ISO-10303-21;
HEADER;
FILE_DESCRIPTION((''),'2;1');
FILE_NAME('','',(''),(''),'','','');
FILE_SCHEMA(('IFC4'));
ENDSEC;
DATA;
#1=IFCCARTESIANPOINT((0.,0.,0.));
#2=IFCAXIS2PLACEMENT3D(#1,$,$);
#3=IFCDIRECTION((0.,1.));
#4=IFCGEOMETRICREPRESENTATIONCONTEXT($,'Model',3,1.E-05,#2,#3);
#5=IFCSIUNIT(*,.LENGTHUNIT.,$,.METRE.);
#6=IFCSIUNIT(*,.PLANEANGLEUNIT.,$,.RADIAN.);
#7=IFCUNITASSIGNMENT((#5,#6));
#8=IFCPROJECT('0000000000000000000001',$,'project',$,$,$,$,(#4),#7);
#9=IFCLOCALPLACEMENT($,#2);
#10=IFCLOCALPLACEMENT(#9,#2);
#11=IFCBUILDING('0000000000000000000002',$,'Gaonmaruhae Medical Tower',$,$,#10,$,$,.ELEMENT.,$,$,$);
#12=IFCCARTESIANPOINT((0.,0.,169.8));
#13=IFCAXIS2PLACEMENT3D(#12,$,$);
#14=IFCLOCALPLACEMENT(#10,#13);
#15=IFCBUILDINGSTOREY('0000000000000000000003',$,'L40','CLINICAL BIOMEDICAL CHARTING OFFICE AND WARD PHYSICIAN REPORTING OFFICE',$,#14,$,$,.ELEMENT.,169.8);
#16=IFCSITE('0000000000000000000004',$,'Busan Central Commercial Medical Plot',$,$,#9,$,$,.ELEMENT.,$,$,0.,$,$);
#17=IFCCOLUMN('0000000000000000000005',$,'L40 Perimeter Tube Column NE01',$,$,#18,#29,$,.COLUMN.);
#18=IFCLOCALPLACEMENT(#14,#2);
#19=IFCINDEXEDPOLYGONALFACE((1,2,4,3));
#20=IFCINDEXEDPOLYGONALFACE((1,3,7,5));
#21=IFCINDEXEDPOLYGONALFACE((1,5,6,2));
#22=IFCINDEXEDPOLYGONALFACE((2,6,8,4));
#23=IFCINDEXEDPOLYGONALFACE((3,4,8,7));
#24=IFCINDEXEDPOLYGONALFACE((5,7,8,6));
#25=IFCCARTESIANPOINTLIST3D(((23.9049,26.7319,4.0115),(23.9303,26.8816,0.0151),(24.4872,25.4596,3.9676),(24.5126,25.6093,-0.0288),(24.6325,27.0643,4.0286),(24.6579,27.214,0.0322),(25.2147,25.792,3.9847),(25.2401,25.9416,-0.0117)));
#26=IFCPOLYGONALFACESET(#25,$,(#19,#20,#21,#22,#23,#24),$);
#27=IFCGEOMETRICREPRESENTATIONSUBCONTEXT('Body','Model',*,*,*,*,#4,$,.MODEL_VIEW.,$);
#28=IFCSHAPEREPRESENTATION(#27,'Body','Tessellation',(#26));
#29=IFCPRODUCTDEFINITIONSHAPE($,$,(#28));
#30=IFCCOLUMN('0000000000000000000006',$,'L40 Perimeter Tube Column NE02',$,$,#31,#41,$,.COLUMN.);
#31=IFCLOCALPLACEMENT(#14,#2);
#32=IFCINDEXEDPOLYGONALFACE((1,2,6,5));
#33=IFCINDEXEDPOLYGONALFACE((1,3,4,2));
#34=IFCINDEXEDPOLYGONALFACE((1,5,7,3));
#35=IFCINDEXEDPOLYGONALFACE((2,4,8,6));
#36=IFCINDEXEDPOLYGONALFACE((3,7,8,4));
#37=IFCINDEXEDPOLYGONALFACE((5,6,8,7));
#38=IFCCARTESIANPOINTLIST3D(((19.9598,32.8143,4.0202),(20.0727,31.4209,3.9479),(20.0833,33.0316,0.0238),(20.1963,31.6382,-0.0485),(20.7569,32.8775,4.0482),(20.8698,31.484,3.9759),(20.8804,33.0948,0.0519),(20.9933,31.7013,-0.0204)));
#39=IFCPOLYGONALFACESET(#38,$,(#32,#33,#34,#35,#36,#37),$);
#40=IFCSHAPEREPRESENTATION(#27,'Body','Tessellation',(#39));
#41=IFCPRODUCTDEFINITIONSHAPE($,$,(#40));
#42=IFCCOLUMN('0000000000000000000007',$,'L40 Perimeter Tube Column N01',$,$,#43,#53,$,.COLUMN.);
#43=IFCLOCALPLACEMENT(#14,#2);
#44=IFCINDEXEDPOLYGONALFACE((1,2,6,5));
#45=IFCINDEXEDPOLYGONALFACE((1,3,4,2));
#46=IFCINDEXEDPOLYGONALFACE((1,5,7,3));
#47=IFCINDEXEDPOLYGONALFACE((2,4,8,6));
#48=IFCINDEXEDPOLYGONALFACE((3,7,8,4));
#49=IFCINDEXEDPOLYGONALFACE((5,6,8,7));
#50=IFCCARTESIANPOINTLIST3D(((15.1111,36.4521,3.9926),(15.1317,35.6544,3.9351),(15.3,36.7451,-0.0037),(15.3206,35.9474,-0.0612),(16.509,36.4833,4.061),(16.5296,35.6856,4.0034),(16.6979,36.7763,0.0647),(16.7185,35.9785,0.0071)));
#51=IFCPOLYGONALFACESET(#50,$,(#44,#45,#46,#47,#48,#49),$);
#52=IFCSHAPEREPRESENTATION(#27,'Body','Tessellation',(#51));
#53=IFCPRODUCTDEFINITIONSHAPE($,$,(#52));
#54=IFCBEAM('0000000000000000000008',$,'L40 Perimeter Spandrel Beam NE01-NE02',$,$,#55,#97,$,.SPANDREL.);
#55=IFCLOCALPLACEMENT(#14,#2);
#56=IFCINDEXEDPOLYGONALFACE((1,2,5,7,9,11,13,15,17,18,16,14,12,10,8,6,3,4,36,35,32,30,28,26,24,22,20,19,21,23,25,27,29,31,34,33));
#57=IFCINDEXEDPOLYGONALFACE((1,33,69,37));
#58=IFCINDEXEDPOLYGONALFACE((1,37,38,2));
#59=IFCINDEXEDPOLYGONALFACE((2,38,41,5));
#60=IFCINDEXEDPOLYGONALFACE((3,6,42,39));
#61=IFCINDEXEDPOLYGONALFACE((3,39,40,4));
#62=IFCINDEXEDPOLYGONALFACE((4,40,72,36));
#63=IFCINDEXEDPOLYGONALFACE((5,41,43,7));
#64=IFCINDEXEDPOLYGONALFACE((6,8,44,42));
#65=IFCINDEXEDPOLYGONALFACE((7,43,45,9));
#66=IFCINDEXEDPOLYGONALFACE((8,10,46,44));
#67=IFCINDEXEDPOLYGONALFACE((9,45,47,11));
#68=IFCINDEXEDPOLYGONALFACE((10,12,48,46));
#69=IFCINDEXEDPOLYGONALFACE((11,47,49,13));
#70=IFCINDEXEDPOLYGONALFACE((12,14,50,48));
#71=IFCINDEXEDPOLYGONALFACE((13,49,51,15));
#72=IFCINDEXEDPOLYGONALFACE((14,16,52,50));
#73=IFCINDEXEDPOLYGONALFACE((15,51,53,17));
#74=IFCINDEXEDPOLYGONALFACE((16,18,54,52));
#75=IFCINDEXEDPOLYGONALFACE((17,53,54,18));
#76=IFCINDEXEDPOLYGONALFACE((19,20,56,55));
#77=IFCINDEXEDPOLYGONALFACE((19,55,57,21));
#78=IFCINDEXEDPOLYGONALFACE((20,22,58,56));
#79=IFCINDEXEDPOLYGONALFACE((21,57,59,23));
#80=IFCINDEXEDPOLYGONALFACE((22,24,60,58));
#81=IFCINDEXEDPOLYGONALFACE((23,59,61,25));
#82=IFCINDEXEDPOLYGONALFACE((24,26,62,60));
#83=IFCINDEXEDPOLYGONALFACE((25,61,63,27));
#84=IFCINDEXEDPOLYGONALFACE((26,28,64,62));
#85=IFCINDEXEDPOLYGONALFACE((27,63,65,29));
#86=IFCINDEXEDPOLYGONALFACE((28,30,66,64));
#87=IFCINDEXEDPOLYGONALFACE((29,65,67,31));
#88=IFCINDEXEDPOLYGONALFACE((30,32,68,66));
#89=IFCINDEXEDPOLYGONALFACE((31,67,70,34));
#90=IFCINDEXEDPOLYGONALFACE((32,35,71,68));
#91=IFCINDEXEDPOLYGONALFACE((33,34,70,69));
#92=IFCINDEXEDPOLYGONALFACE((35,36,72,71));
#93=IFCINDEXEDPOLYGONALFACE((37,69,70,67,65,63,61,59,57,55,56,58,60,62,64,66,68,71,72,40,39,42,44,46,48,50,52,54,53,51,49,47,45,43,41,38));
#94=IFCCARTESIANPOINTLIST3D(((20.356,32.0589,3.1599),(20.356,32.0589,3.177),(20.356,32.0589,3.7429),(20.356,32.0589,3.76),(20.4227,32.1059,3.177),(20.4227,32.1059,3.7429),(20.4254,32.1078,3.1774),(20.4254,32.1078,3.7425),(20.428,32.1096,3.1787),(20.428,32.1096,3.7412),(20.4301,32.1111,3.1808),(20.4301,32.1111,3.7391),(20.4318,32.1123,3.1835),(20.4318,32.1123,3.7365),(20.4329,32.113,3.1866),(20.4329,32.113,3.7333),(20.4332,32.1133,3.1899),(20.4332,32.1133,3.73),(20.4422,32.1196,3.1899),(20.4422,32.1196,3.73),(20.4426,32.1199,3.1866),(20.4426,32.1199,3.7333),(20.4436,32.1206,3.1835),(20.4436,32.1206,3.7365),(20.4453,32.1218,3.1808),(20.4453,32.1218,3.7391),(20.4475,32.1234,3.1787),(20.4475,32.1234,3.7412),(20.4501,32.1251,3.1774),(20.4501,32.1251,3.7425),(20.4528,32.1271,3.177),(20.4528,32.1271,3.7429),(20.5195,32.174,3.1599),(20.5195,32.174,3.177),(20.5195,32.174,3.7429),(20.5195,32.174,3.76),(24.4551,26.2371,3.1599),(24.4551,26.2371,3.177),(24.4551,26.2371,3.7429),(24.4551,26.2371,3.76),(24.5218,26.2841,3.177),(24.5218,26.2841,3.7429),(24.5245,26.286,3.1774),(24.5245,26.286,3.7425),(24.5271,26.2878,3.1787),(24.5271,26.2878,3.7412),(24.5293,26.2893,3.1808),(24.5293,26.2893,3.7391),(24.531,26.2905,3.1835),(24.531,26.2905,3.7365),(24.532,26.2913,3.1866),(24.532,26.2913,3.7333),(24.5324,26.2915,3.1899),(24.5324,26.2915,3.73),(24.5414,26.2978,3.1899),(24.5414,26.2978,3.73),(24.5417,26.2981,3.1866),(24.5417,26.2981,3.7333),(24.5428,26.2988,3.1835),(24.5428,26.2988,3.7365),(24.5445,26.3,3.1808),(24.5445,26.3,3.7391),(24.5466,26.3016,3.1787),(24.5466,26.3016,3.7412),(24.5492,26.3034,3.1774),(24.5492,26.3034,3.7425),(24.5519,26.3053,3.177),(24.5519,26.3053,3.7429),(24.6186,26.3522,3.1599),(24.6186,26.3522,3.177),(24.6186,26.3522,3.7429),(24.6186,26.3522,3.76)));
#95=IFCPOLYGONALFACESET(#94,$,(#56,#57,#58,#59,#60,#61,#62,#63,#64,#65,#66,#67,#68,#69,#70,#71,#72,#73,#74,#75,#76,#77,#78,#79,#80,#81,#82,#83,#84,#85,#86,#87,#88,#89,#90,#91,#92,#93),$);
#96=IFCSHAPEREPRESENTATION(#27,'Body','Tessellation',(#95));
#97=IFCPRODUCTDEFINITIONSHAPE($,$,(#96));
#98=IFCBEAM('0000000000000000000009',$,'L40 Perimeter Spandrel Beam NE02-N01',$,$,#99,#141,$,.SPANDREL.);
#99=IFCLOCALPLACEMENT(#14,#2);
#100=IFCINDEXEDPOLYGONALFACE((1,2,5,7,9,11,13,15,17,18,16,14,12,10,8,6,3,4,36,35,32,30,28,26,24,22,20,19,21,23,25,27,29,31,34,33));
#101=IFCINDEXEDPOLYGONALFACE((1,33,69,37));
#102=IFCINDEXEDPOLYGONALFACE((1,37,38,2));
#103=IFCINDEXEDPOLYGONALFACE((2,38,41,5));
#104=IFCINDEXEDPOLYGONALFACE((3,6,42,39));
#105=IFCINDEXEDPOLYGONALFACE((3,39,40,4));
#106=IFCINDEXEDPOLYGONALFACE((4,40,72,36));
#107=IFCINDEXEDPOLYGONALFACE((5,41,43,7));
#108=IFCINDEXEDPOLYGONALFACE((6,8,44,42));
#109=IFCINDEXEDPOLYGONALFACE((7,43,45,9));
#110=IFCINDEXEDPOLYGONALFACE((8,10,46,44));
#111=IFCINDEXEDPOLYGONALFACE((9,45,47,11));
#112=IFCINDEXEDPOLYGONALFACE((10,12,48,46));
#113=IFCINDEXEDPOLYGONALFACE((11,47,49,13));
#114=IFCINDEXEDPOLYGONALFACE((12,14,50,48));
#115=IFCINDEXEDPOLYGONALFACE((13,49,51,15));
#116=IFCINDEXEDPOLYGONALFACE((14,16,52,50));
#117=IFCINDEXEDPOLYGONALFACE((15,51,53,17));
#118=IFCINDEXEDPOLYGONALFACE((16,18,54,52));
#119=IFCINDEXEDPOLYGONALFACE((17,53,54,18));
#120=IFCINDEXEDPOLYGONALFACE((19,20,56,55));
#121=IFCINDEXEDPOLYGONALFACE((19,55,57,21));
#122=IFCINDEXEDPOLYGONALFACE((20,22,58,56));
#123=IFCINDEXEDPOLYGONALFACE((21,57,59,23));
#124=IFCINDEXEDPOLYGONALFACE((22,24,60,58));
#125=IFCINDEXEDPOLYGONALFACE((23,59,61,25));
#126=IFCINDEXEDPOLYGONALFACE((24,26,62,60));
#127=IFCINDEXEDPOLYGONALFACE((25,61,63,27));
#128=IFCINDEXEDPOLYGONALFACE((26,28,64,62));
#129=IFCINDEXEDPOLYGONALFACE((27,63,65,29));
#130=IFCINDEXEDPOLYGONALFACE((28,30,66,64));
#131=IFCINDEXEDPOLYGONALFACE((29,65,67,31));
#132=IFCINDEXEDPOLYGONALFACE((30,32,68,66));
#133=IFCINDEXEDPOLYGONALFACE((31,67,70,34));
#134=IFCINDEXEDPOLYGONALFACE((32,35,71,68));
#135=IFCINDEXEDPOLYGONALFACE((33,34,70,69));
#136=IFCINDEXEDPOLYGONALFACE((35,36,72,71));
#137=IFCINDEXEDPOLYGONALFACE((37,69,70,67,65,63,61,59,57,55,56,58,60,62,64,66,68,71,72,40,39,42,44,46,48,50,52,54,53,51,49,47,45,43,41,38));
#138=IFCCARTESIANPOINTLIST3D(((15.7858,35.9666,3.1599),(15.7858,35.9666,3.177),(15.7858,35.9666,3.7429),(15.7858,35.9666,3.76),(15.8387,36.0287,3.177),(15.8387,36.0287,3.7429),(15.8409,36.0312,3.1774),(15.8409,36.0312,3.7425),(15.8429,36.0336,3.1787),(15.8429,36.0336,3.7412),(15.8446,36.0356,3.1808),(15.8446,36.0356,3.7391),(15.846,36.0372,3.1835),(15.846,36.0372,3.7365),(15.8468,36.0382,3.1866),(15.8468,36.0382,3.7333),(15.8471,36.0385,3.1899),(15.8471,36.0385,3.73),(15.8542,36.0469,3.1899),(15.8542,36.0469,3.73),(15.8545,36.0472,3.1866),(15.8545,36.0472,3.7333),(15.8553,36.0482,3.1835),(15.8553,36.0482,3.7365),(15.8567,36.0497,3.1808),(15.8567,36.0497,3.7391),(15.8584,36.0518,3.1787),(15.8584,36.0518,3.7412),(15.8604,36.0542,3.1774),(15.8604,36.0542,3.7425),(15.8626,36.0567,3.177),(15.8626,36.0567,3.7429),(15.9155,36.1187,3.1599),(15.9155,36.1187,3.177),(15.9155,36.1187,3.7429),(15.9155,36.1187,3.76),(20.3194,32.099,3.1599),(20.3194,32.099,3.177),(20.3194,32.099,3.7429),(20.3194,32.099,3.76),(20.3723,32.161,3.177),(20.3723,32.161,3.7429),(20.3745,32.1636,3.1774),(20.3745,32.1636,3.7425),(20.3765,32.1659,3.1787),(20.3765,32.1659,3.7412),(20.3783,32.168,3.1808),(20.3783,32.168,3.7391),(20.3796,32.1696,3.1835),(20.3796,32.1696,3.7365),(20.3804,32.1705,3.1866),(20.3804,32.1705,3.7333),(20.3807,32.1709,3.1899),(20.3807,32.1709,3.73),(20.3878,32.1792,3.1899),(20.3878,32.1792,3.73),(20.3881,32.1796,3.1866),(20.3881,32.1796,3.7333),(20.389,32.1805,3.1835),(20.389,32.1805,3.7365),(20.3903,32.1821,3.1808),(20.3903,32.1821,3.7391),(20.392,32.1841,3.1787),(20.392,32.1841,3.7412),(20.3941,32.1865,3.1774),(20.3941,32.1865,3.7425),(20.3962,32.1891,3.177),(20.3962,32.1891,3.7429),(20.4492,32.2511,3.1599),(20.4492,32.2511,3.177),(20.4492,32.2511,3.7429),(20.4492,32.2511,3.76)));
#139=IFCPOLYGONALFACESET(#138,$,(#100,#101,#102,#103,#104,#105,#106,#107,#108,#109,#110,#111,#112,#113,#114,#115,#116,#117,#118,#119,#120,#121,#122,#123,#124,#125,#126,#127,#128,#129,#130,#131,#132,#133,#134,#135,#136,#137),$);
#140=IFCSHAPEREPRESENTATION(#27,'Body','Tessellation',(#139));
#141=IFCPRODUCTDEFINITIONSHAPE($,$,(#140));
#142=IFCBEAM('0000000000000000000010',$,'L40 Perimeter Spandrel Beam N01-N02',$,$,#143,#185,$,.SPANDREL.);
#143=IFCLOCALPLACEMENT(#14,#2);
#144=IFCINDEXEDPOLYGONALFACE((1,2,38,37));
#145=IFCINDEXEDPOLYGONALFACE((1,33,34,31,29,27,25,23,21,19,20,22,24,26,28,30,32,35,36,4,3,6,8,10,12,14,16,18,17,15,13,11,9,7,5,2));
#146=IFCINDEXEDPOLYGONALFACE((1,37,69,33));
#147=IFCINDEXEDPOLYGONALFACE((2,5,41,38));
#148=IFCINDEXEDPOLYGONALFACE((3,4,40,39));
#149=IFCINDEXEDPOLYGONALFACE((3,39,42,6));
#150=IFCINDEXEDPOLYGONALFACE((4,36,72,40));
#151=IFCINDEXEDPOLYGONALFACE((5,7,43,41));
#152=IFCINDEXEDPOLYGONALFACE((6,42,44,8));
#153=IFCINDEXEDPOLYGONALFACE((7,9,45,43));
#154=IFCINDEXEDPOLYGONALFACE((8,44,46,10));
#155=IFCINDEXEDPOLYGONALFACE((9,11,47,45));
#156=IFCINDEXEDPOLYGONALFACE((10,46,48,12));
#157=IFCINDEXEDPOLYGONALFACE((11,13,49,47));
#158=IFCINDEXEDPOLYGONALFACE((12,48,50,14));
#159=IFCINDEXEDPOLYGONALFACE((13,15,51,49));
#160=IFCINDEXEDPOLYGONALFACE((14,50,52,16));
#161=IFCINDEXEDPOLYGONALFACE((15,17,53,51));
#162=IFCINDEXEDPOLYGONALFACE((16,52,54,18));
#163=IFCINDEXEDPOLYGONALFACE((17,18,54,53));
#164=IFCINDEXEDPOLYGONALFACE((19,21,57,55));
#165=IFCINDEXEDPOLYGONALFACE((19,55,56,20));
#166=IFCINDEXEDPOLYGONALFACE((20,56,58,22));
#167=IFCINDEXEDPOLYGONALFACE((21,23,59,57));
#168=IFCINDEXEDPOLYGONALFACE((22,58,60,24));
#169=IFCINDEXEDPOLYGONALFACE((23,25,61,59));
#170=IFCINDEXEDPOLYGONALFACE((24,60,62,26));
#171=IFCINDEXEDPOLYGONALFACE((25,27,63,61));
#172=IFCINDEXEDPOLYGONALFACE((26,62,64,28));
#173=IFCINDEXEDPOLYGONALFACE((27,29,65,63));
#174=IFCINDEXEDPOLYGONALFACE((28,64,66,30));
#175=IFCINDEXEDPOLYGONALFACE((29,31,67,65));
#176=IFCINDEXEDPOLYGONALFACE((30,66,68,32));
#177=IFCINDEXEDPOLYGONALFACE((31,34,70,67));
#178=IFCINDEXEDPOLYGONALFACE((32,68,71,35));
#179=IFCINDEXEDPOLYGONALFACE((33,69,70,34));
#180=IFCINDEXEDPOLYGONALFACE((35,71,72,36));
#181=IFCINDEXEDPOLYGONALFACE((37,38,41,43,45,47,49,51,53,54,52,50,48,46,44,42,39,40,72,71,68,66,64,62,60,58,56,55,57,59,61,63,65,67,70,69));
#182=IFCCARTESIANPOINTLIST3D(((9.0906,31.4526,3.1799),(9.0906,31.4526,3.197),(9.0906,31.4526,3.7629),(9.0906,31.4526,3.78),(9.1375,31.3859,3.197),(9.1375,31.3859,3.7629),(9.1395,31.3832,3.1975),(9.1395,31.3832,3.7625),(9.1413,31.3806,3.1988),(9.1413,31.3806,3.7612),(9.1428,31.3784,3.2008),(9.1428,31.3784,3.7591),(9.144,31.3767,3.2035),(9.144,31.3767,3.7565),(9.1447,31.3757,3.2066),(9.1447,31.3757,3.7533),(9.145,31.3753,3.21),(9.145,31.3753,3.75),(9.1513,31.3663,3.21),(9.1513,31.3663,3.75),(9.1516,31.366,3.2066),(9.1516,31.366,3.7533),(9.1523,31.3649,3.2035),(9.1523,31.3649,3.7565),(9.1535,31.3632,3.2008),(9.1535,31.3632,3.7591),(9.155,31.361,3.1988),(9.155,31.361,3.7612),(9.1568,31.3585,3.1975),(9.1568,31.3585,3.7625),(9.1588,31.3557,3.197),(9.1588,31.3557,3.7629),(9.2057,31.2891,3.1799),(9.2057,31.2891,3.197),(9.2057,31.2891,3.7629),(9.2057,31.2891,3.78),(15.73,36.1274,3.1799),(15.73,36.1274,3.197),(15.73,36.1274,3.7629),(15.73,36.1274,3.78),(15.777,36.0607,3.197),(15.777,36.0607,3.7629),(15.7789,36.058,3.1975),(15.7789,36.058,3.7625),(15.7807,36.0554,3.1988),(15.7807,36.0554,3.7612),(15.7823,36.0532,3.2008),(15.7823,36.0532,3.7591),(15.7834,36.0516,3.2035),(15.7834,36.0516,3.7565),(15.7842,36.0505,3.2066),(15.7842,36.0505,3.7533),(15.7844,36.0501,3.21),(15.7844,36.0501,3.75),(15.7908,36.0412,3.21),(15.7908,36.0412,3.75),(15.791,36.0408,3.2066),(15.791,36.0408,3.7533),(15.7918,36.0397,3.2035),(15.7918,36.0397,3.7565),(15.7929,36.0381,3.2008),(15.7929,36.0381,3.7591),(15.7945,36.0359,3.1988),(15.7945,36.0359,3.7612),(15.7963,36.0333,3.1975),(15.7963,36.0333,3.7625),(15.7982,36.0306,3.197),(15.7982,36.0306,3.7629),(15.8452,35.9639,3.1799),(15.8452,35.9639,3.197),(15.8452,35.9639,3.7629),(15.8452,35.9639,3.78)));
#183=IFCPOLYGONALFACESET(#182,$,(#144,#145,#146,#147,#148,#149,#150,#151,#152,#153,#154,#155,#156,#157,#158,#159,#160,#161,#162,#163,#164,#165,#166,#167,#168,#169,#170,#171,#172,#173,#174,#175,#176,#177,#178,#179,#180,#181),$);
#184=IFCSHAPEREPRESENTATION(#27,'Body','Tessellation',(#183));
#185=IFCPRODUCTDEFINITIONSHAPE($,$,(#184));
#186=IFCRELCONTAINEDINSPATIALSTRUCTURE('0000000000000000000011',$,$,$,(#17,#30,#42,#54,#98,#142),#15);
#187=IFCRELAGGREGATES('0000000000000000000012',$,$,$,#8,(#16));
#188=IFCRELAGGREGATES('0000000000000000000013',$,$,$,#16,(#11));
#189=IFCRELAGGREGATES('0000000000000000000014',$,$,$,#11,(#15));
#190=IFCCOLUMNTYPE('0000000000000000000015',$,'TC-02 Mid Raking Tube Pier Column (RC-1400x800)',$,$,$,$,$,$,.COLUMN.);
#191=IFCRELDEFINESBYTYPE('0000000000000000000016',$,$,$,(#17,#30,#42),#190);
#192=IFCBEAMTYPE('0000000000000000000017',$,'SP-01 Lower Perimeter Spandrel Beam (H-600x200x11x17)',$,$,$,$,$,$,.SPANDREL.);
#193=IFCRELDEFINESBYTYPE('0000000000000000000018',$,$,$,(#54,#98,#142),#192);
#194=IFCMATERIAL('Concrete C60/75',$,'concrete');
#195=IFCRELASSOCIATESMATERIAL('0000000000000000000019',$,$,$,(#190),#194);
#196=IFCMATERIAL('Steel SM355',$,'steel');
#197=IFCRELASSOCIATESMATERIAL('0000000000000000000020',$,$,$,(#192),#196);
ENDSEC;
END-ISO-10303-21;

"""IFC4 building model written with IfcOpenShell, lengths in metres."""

from ifc_helpers import new_model, si_unit, direction, frame, origin, origin_2d, place, context, subcontext, project, spatial, rectangle, i_section, extrude, material, material_profile, profile_set, type_object, element, save


model = new_model("IFC4")

# Units and contexts
model_context = context("Model", 3, precision=1e-05, world=origin(), true_north=direction((0.0, 1.0)))
body_context = subcontext(model_context, "Body", "Model", "MODEL_VIEW")
ifc_project = project(units=[si_unit("LENGTHUNIT", "METRE"), si_unit("PLANEANGLEUNIT", "RADIAN")], contexts=[model_context])

# Site, building, storey
site_placement = place(None, origin())
site = spatial("IfcSite", under=ifc_project, at=site_placement, Name="Busan Central Commercial Medical Plot", CompositionType="ELEMENT", RefElevation=0.0)
building_placement = place(site_placement, origin())
building = spatial("IfcBuilding", under=site, at=building_placement, Name="Gaonmaruhae Medical Tower", CompositionType="ELEMENT")
storey_placement = place(building_placement, frame((0.0, 0.0, 169.8)))
storey = spatial("IfcBuildingStorey", under=building, at=storey_placement, Name="L40", Description="CLINICAL BIOMEDICAL CHARTING OFFICE AND WARD PHYSICIAN REPORTING OFFICE", CompositionType="ELEMENT", Elevation=169.8)

# Columns
ifc_material_1 = material(Name="Concrete C60/75", Category="concrete")
ifc_material_profile_1 = material_profile(ifc_material_1, rectangle(XDim=1.3999, YDim=0.8, at=origin_2d()), Name="RC-1400x800")
ifc_profile_set_1 = profile_set([ifc_material_profile_1], Name="Concrete C60/75")
column_type = type_object("IfcColumnType", Name="TC-02 Mid Raking Tube Pier Column (RC-1400x800)", PredefinedType="COLUMN", material=ifc_profile_set_1)
column_1_placement = place(storey_placement, frame((24.5852, 26.4116, 0.0017), z_axis=(-0.006349, -0.037422, 0.999279), x_axis=(-0.415921, 0.908859, 0.031393)))
element("IfcColumn", 1, at=column_1_placement, inside=storey, type_object=column_type, Name="L40 Perimeter Tube Column NE01", PredefinedType="COLUMN", context=body_context, shape_type="SweptSolid", body=[
    extrude(rectangle(XDim=1.3999, YDim=0.8, at=origin_2d()), origin(), (0.0, 0.0, 1.0), 3.9993),
])
column_2_placement = place(storey_placement, frame((20.5383, 32.3665, 0.0017), z_axis=(-0.030852, -0.054265, 0.99805), x_axis=(-0.080649, 0.995405, 0.051628)))
element("IfcColumn", 2, at=column_2_placement, inside=storey, type_object=column_type, Name="L40 Perimeter Tube Column NE02", PredefinedType="COLUMN", context=body_context, shape_type="SweptSolid", body=[
    extrude(rectangle(XDim=1.3999, YDim=0.8, at=origin_2d()), origin(), (0.0, 0.0, 1.0), 4.0042),
])
column_3_placement = place(storey_placement, frame((16.0093, 36.3618, 0.0017), z_axis=(-0.047106, -0.073032, 0.996217), x_axis=(0.998558, 0.022261, 0.048848)))
element("IfcColumn", 3, at=column_3_placement, inside=storey, type_object=column_type, Name="L40 Perimeter Tube Column N01", PredefinedType="COLUMN", context=body_context, shape_type="SweptSolid", body=[
    extrude(rectangle(XDim=1.3999, YDim=0.8, at=origin_2d()), origin(), (0.0, 0.0, 1.0), 4.0115),
])

# Beams
ifc_material_2 = material(Name="Steel SM355", Category="steel")
ifc_material_profile_2 = material_profile(ifc_material_2, i_section(OverallWidth=0.2, OverallDepth=0.6001, WebThickness=0.011, FlangeThickness=0.0171, FilletRadius=0.0129, at=origin_2d()), Name="H-600x200x11x17")
ifc_profile_set_2 = profile_set([ifc_material_profile_2], Name="Steel SM355")
beam_type = type_object("IfcBeamType", Name="SP-01 Lower Perimeter Spandrel Beam (H-600x200x11x17)", PredefinedType="SPANDREL", material=ifc_profile_set_2)
beam_1_placement = place(storey_placement, frame((24.5369, 26.2947, 3.46), z_axis=(-0.575711, 0.817653, 0.0), x_axis=(-0.817653, -0.575711, 0.0)))
element("IfcBeam", 4, at=beam_1_placement, inside=storey, type_object=beam_type, Name="L40 Perimeter Spandrel Beam NE01-NE02", PredefinedType="SPANDREL", context=body_context, shape_type="SweptSolid", body=[
    extrude(i_section(OverallWidth=0.2, OverallDepth=0.6001, WebThickness=0.011, FlangeThickness=0.0171, FilletRadius=0.0129, at=origin_2d()), origin(), (0.0, 0.0, 1.0), 7.1201),
])
beam_2_placement = place(storey_placement, frame((20.3843, 32.175, 3.46), z_axis=(-0.760776, 0.649015, 0.0), x_axis=(-0.649015, -0.760776, 0.0)))
element("IfcBeam", 5, at=beam_2_placement, inside=storey, type_object=beam_type, Name="L40 Perimeter Spandrel Beam NE02-N01", PredefinedType="SPANDREL", context=body_context, shape_type="SweptSolid", body=[
    extrude(i_section(OverallWidth=0.2, OverallDepth=0.6001, WebThickness=0.011, FlangeThickness=0.0171, FilletRadius=0.0129, at=origin_2d()), origin(), (0.0, 0.0, 1.0), 5.9592),
])
beam_3_placement = place(storey_placement, frame((15.7876, 36.0457, 3.48), z_axis=(-0.817654, -0.57571, 0.0), x_axis=(0.57571, -0.817654, 0.0)))
element("IfcBeam", 6, at=beam_3_placement, inside=storey, type_object=beam_type, Name="L40 Perimeter Spandrel Beam N01-N02", PredefinedType="SPANDREL", context=body_context, shape_type="SweptSolid", body=[
    extrude(i_section(OverallWidth=0.2, OverallDepth=0.6001, WebThickness=0.011, FlangeThickness=0.0171, FilletRadius=0.0129, at=origin_2d()), origin(), (0.0, 0.0, 1.0), 8.1201),
])

save(model, "model.ifc")
